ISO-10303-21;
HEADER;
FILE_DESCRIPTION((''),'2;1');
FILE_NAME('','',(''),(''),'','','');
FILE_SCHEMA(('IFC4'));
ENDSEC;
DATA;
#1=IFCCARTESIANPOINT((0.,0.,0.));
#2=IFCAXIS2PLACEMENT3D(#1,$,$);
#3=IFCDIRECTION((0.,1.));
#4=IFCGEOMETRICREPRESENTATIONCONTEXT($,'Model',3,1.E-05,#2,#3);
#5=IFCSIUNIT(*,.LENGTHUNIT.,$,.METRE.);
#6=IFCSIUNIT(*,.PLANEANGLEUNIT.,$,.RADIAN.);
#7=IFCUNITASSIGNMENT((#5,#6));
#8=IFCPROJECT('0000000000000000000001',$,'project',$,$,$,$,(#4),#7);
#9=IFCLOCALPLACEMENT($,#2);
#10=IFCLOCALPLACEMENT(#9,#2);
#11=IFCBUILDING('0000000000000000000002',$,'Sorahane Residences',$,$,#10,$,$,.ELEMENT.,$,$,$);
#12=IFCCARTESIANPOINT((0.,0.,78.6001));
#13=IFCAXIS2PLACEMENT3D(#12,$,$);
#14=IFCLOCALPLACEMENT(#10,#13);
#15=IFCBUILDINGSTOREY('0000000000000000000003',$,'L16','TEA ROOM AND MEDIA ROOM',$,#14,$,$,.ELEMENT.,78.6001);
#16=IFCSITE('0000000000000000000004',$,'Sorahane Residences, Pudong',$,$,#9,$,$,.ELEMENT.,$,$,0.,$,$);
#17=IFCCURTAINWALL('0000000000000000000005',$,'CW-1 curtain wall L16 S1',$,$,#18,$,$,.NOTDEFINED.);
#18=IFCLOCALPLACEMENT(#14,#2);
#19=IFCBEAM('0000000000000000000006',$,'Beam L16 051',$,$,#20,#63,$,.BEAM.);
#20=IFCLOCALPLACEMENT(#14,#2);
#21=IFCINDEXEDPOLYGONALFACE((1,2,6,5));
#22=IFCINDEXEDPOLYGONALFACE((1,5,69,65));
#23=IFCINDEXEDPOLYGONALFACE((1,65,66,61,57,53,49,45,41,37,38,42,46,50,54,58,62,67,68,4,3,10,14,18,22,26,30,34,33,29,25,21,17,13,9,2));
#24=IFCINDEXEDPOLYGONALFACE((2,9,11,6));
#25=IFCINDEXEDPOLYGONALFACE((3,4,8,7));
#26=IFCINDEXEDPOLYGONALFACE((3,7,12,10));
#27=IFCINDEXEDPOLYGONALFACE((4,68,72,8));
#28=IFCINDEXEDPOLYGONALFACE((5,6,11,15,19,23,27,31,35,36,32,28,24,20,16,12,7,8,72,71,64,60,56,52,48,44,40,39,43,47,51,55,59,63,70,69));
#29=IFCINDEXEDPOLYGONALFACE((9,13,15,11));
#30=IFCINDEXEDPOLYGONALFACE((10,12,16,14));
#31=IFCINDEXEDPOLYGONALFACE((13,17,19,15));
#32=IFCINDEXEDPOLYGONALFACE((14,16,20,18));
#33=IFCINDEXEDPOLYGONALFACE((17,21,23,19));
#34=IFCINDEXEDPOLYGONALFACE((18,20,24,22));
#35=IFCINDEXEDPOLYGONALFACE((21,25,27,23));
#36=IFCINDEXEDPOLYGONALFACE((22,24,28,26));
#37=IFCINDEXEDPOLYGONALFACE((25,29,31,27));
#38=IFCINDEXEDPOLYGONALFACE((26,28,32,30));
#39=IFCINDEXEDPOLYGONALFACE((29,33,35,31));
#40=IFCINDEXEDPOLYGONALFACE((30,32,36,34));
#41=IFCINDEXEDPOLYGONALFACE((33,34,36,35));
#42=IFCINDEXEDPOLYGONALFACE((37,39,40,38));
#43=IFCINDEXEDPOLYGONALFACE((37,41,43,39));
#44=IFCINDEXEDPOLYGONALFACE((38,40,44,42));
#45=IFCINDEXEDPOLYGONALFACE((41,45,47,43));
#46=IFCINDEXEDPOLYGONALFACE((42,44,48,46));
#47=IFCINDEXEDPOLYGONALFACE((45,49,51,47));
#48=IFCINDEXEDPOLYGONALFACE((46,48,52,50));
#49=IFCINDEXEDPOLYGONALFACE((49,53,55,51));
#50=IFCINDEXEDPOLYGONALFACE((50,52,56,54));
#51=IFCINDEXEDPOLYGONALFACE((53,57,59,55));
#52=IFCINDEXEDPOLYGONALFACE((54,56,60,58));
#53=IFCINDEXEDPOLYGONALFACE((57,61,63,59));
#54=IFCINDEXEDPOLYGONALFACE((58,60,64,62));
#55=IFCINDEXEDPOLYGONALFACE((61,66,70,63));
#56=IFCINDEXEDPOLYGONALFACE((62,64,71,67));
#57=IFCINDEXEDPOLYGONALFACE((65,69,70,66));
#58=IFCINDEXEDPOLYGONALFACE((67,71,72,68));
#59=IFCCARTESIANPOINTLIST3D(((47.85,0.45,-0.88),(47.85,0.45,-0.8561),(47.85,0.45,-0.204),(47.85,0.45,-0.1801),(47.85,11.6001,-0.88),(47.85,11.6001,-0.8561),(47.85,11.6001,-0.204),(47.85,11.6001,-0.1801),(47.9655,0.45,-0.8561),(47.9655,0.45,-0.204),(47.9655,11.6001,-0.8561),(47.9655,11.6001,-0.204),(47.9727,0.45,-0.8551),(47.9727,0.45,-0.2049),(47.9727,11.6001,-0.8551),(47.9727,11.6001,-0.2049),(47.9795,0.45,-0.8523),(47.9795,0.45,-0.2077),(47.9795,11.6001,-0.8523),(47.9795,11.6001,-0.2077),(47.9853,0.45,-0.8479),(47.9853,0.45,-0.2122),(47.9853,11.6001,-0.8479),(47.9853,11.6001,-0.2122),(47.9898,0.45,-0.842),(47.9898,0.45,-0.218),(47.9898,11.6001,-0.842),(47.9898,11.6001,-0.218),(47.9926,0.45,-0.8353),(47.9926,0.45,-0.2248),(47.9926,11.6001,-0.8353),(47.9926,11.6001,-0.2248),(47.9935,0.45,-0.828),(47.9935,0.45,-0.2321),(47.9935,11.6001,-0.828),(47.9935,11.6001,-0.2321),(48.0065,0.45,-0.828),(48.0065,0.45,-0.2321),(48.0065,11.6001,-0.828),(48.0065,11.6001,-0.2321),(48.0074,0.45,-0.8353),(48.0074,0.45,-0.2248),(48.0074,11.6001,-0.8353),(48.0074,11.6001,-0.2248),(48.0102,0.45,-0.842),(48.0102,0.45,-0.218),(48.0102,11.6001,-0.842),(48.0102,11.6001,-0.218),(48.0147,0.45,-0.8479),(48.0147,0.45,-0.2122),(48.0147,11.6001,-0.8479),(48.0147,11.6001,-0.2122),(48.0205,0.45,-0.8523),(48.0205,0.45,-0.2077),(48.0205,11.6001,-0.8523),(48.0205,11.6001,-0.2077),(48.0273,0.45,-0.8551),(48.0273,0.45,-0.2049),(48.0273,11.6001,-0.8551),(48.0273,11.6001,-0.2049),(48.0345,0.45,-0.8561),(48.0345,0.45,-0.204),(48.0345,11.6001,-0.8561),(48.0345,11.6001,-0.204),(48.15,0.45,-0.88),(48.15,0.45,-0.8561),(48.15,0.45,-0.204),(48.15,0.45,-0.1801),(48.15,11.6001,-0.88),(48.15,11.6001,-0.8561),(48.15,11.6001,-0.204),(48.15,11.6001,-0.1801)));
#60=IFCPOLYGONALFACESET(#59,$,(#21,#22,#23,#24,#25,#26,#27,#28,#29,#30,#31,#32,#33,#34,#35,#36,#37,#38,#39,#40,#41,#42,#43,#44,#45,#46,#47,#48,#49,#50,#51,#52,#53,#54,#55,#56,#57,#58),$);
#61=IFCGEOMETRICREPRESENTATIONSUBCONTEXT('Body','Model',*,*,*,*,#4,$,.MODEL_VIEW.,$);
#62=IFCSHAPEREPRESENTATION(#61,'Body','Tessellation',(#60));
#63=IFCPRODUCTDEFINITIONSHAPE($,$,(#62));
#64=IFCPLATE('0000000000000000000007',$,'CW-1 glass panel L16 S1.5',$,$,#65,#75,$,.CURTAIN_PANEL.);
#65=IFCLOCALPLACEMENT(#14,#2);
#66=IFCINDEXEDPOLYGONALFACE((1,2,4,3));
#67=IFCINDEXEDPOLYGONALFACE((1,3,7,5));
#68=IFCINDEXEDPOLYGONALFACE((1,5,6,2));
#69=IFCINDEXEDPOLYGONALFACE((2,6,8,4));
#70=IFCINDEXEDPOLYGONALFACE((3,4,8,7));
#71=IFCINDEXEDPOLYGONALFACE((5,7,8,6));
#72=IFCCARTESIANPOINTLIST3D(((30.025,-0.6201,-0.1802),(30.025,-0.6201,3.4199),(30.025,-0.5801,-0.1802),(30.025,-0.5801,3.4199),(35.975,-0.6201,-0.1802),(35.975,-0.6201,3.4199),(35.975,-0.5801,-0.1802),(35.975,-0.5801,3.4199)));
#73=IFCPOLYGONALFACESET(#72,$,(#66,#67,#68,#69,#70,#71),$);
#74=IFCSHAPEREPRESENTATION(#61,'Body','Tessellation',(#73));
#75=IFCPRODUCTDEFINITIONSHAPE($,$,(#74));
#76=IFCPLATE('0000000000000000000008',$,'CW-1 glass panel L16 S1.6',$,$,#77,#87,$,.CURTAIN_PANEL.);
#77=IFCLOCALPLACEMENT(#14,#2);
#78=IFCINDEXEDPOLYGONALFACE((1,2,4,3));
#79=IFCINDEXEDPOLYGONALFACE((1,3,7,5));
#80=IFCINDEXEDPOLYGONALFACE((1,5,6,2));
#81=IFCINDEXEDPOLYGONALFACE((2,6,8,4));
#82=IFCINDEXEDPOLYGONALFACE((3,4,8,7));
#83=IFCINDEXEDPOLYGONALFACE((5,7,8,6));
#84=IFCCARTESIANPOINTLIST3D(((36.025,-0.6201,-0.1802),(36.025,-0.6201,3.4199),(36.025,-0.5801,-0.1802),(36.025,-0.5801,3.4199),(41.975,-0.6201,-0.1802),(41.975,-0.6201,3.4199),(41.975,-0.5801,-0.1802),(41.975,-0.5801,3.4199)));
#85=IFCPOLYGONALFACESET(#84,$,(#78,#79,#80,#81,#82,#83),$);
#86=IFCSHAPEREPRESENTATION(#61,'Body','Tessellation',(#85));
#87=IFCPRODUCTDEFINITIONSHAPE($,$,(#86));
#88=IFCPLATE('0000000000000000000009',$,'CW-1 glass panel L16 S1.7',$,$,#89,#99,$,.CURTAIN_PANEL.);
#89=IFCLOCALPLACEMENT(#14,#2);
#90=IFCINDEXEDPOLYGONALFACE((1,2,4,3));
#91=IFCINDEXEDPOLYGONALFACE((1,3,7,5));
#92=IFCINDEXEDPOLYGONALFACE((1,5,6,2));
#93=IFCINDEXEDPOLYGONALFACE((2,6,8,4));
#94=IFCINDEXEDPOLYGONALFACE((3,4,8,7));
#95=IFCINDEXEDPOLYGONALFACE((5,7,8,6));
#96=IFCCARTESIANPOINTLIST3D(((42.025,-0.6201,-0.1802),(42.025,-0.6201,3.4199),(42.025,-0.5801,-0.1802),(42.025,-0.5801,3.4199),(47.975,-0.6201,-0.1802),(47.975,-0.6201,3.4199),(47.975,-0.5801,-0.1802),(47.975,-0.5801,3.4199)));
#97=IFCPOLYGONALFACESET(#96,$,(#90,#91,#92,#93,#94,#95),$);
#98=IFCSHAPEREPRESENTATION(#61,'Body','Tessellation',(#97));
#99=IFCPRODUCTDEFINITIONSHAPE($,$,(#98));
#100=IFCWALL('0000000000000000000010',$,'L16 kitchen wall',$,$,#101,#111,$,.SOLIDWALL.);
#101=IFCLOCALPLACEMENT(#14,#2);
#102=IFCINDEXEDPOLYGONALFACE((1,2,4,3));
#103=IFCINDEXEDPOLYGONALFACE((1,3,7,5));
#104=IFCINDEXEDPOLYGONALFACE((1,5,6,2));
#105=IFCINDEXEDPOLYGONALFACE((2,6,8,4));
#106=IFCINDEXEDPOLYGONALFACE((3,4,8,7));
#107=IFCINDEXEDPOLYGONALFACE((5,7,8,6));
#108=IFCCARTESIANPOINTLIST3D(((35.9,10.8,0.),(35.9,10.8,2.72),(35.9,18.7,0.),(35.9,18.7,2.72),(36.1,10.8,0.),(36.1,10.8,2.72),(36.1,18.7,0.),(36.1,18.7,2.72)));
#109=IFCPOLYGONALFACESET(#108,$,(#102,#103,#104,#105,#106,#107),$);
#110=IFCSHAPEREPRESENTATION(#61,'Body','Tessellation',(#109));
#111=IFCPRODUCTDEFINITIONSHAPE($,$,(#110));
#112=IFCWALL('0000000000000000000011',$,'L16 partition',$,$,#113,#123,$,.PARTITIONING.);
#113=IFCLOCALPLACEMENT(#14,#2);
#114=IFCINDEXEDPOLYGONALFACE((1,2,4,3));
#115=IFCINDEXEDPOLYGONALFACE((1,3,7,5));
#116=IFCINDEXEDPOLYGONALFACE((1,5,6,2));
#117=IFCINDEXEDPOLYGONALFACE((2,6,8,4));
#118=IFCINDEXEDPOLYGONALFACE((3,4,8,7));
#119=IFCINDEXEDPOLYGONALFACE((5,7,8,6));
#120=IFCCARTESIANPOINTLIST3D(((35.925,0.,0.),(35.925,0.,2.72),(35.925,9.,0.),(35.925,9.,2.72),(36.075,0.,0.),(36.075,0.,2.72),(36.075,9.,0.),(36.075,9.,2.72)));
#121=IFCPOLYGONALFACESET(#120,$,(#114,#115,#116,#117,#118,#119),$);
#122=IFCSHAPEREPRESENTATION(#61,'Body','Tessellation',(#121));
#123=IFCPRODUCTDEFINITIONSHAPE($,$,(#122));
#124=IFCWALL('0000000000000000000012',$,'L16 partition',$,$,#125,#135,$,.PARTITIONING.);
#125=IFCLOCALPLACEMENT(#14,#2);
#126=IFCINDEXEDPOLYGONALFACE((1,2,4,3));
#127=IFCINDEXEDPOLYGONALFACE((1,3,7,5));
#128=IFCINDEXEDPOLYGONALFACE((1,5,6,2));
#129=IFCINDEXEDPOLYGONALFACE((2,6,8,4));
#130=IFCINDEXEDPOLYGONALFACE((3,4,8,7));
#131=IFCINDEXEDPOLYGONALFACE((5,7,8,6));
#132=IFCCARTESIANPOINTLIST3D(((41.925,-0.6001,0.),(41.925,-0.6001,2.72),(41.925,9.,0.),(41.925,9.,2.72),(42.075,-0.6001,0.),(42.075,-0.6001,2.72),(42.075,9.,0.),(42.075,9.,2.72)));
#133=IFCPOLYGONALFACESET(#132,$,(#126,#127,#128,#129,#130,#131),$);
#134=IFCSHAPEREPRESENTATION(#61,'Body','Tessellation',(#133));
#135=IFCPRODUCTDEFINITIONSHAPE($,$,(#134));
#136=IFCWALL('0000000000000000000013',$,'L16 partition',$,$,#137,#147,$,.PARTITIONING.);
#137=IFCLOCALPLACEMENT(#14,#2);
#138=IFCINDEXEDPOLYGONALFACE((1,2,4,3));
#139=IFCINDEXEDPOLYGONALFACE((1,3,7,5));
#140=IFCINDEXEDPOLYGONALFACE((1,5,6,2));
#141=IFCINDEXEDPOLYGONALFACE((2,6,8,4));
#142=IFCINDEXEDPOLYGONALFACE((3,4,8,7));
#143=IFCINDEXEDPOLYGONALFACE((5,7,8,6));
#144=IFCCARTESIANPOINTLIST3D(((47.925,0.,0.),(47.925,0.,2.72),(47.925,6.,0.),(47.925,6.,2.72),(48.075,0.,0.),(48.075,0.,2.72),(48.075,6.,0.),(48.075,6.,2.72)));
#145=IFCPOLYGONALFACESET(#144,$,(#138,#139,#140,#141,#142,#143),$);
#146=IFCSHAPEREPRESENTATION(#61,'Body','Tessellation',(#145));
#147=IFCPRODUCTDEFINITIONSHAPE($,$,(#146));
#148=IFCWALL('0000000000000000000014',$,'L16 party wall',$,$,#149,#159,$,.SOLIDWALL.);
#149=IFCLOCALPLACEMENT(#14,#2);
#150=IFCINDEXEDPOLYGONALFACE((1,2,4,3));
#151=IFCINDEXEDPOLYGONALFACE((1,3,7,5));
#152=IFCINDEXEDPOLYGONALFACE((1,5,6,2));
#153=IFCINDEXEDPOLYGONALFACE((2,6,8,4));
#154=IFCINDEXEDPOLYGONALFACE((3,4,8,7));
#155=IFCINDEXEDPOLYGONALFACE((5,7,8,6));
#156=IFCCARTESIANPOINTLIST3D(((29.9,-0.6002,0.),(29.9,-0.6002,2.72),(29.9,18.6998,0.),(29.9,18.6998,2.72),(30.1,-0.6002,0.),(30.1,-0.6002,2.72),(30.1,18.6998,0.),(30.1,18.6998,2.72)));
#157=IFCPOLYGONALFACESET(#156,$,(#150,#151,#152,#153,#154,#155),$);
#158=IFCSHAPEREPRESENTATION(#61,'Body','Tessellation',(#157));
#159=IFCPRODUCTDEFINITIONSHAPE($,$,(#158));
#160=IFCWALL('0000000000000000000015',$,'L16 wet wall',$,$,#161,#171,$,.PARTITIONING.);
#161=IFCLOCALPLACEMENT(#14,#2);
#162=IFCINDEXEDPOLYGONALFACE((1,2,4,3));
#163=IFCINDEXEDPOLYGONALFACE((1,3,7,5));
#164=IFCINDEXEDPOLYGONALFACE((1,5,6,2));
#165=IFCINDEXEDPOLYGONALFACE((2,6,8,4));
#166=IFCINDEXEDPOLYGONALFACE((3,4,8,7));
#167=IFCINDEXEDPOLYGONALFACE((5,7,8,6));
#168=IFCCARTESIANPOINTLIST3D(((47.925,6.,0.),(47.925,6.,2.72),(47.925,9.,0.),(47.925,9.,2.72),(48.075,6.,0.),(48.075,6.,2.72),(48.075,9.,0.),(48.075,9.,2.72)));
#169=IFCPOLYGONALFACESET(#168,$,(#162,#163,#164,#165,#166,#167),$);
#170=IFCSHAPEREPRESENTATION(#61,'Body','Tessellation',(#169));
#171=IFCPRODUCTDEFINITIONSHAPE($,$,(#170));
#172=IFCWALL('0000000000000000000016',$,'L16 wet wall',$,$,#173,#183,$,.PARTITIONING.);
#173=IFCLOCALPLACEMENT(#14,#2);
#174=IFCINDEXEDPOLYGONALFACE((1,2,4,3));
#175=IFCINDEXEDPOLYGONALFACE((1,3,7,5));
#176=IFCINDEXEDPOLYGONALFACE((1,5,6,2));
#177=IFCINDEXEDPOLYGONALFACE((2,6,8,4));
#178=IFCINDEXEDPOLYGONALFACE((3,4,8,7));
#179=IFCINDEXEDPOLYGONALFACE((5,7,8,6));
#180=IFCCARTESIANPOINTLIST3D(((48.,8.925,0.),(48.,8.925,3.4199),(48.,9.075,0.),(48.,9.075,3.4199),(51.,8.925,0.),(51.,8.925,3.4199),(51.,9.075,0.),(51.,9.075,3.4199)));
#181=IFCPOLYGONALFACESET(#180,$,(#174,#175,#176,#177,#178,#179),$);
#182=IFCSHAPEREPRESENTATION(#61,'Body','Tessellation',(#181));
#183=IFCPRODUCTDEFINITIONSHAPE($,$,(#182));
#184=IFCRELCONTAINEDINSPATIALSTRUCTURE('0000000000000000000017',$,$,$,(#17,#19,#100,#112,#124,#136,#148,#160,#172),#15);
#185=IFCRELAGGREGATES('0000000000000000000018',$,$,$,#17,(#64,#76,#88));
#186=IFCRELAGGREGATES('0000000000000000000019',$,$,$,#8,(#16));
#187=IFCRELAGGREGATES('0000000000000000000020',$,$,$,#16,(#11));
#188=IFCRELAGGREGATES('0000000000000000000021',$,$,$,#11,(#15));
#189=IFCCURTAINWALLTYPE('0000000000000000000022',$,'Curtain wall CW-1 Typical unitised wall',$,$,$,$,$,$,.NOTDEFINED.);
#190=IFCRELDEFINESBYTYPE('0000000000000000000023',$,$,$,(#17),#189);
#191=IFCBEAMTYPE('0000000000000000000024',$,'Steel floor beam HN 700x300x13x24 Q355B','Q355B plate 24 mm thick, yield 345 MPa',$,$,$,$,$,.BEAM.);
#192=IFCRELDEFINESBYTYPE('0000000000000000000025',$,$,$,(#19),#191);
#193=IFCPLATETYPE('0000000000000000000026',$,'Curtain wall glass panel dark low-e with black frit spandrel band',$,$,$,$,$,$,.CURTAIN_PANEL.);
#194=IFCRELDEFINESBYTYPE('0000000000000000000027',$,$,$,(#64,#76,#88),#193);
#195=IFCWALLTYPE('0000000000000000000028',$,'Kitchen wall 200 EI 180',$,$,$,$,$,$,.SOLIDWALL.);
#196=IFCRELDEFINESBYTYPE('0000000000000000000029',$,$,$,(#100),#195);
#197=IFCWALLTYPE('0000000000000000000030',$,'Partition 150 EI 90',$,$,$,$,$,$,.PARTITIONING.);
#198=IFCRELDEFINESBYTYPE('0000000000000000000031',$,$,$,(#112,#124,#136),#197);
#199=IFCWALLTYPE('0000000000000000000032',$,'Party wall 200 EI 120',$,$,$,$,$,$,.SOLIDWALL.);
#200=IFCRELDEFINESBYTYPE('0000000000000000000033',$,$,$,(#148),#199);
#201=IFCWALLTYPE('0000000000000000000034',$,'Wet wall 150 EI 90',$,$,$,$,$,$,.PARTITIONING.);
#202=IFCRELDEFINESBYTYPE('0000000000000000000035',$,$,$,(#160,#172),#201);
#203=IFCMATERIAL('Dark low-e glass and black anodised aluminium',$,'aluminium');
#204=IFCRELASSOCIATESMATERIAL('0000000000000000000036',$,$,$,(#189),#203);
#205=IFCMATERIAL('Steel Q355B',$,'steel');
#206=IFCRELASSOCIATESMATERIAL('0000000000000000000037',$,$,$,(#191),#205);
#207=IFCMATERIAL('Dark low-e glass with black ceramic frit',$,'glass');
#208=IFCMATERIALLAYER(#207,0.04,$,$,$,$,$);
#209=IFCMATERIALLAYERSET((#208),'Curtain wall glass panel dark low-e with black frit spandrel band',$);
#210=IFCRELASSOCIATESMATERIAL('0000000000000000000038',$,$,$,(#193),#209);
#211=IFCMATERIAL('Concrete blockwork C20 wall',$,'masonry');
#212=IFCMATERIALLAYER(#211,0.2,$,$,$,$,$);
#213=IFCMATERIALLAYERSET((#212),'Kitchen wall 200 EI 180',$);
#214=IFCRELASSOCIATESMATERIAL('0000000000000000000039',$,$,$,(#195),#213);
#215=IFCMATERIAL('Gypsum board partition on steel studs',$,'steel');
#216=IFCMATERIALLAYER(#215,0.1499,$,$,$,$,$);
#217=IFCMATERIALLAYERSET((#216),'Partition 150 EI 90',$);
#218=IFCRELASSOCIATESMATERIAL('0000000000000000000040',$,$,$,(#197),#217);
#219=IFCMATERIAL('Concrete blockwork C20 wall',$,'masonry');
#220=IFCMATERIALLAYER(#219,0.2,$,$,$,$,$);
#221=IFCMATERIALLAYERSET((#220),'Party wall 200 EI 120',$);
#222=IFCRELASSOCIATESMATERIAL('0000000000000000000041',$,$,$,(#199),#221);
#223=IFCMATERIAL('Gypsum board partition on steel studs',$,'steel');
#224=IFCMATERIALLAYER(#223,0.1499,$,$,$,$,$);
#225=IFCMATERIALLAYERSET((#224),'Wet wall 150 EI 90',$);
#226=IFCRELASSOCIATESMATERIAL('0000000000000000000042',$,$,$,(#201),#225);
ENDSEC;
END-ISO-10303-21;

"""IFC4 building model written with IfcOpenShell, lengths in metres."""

from ifc_helpers import new_model, si_unit, direction, frame, frame_2d, origin, origin_2d, place, context, subcontext, project, spatial, rectangle, i_section, extrude, material, layer, layer_set, material_profile, profile_set, type_object, element, aggregate, save


model = new_model("IFC4")

# Units and contexts
model_context = context("Model", 3, precision=1e-05, world=origin(), true_north=direction((0.0, 1.0)))
body_context = subcontext(model_context, "Body", "Model", "MODEL_VIEW")
ifc_project = project(units=[si_unit("LENGTHUNIT", "METRE"), si_unit("PLANEANGLEUNIT", "RADIAN")], contexts=[model_context])

# Site, building, storey
site_placement = place(None, origin())
site = spatial("IfcSite", under=ifc_project, at=site_placement, Name="Sorahane Residences, Pudong", CompositionType="ELEMENT", RefElevation=0.0)
building_placement = place(site_placement, origin())
building = spatial("IfcBuilding", under=site, at=building_placement, Name="Sorahane Residences", CompositionType="ELEMENT")
storey_placement = place(building_placement, frame((0.0, 0.0, 78.6001)))
storey = spatial("IfcBuildingStorey", under=building, at=storey_placement, Name="L16", Description="TEA ROOM AND MEDIA ROOM", CompositionType="ELEMENT", Elevation=78.6001)

# Curtain wall
ifc_material_1 = material(Name="Dark low-e glass and black anodised aluminium", Category="aluminium")
curtain_wall_type = type_object("IfcCurtainWallType", Name="Curtain wall CW-1 Typical unitised wall", PredefinedType="NOTDEFINED", material=ifc_material_1)
curtain_wall_placement = place(storey_placement, origin())
curtain_wall = element("IfcCurtainWall", 1, at=curtain_wall_placement, inside=storey, type_object=curtain_wall_type, Name="CW-1 curtain wall L16 S1", PredefinedType="NOTDEFINED")

# Beam
ifc_material_2 = material(Name="Steel Q355B", Category="steel")
ifc_material_profile_1 = material_profile(ifc_material_2, i_section(OverallWidth=0.3, OverallDepth=0.7, WebThickness=0.0129, FlangeThickness=0.0239, FilletRadius=0.0281, at=origin_2d()), Name="HN 700x300x13x24")
ifc_profile_set_1 = profile_set([ifc_material_profile_1], Name="Steel Q355B")
beam_type_1 = type_object("IfcBeamType", Name="Steel floor beam HN 700x300x13x24 Q355B", Description="Q355B plate 24 mm thick, yield 345 MPa", PredefinedType="BEAM", material=ifc_profile_set_1)
beam_1_placement = place(storey_placement, frame((48.0, 0.45, -0.53), z_axis=(0.0, 1.0, 0.0), x_axis=(-1.0, 0.0, 0.0)))
element("IfcBeam", 2, at=beam_1_placement, inside=storey, type_object=beam_type_1, Name="Beam L16 051", PredefinedType="BEAM", context=body_context, shape_type="SweptSolid", body=[
    extrude(i_section(OverallWidth=0.3, OverallDepth=0.7, WebThickness=0.0129, FlangeThickness=0.0239, FilletRadius=0.0281, at=origin_2d()), origin(), (0.0, 0.0, 1.0), 11.1501),
])

# Plates
ifc_material_3 = material(Name="Dark low-e glass with black ceramic frit", Category="glass")
ifc_layer_1 = layer(ifc_material_3, 0.04)
ifc_layer_set_1 = layer_set([ifc_layer_1], Name="Curtain wall glass panel dark low-e with black frit spandrel band")
plate_type = type_object("IfcPlateType", Name="Curtain wall glass panel dark low-e with black frit spandrel band", PredefinedType="CURTAIN_PANEL", material=ifc_layer_set_1)
plate_1_placement = place(storey_placement, frame((33.0, -0.6001, -0.1802), z_axis=(0.0, 0.0, 1.0), x_axis=(1.0, 0.0, 0.0)))
plate_1 = element("IfcPlate", 3, at=plate_1_placement, type_object=plate_type, Name="CW-1 glass panel L16 S1.5", PredefinedType="CURTAIN_PANEL", context=body_context, shape_type="SweptSolid", body=[
    extrude(rectangle(XDim=5.95, YDim=0.04, at=origin_2d()), origin(), (0.0, 0.0, 1.0), 3.6001),
])
plate_2_placement = place(storey_placement, frame((39.0, -0.6001, -0.1802), z_axis=(0.0, 0.0, 1.0), x_axis=(1.0, 0.0, 0.0)))
plate_2 = element("IfcPlate", 4, at=plate_2_placement, type_object=plate_type, Name="CW-1 glass panel L16 S1.6", PredefinedType="CURTAIN_PANEL", context=body_context, shape_type="SweptSolid", body=[
    extrude(rectangle(XDim=5.95, YDim=0.04, at=origin_2d()), origin(), (0.0, 0.0, 1.0), 3.6001),
])
plate_3_placement = place(storey_placement, frame((45.0, -0.6001, -0.1802), z_axis=(0.0, 0.0, 1.0), x_axis=(1.0, 0.0, 0.0)))
plate_3 = element("IfcPlate", 5, at=plate_3_placement, type_object=plate_type, Name="CW-1 glass panel L16 S1.7", PredefinedType="CURTAIN_PANEL", context=body_context, shape_type="SweptSolid", body=[
    extrude(rectangle(XDim=5.95, YDim=0.04, at=origin_2d()), origin(), (0.0, 0.0, 1.0), 3.6001),
])
aggregate(curtain_wall, [plate_1, plate_2, plate_3])

# Walls
ifc_material_4 = material(Name="Concrete blockwork C20 wall", Category="masonry")
ifc_layer_2 = layer(ifc_material_4, 0.2)
ifc_layer_set_2 = layer_set([ifc_layer_2], Name="Kitchen wall 200 EI 180")
wall_type_1 = type_object("IfcWallType", Name="Kitchen wall 200 EI 180", PredefinedType="SOLIDWALL", material=ifc_layer_set_2)
wall_1_placement = place(storey_placement, frame((36.0, 10.8, 0.0), z_axis=(0.0, 0.0, 1.0), x_axis=(0.0, 1.0, 0.0)))
element("IfcWall", 6, at=wall_1_placement, inside=storey, type_object=wall_type_1, Name="L16 kitchen wall", PredefinedType="SOLIDWALL", context=body_context, shape_type="SweptSolid", body=[
    extrude(rectangle(XDim=7.8999, YDim=0.2, at=frame_2d((3.95, 0.0))), origin(), (0.0, 0.0, 1.0), 2.72),
])
ifc_material_5 = material(Name="Gypsum board partition on steel studs", Category="steel")
ifc_layer_3 = layer(ifc_material_5, 0.1499)
ifc_layer_set_3 = layer_set([ifc_layer_3], Name="Partition 150 EI 90")
wall_type_2 = type_object("IfcWallType", Name="Partition 150 EI 90", PredefinedType="PARTITIONING", material=ifc_layer_set_3)
wall_2_placement = place(storey_placement, frame((36.0, 0.0, 0.0), z_axis=(0.0, 0.0, 1.0), x_axis=(0.0, 1.0, 0.0)))
element("IfcWall", 7, at=wall_2_placement, inside=storey, type_object=wall_type_2, Name="L16 partition", PredefinedType="PARTITIONING", context=body_context, shape_type="SweptSolid", body=[
    extrude(rectangle(XDim=9.0, YDim=0.1499, at=frame_2d((4.5, 0.0))), origin(), (0.0, 0.0, 1.0), 2.72),
])
wall_3_placement = place(storey_placement, frame((42.0, -0.6001, 0.0), z_axis=(0.0, 0.0, 1.0), x_axis=(0.0, 1.0, 0.0)))
element("IfcWall", 8, at=wall_3_placement, inside=storey, type_object=wall_type_2, Name="L16 partition", PredefinedType="PARTITIONING", context=body_context, shape_type="SweptSolid", body=[
    extrude(rectangle(XDim=9.6001, YDim=0.1499, at=frame_2d((4.8, 0.0))), origin(), (0.0, 0.0, 1.0), 2.72),
])
wall_4_placement = place(storey_placement, frame((48.0, 0.0, 0.0), z_axis=(0.0, 0.0, 1.0), x_axis=(0.0, 1.0, 0.0)))
element("IfcWall", 9, at=wall_4_placement, inside=storey, type_object=wall_type_2, Name="L16 partition", PredefinedType="PARTITIONING", context=body_context, shape_type="SweptSolid", body=[
    extrude(rectangle(XDim=6.0, YDim=0.1499, at=frame_2d((3.0, 0.0))), origin(), (0.0, 0.0, 1.0), 2.72),
])
ifc_material_6 = material(Name="Concrete blockwork C20 wall", Category="masonry")
ifc_layer_4 = layer(ifc_material_6, 0.2)
ifc_layer_set_4 = layer_set([ifc_layer_4], Name="Party wall 200 EI 120")
wall_type_3 = type_object("IfcWallType", Name="Party wall 200 EI 120", PredefinedType="SOLIDWALL", material=ifc_layer_set_4)
wall_5_placement = place(storey_placement, frame((30.0, -0.6001, 0.0), z_axis=(0.0, 0.0, 1.0), x_axis=(0.0, 1.0, 0.0)))
element("IfcWall", 10, at=wall_5_placement, inside=storey, type_object=wall_type_3, Name="L16 party wall", PredefinedType="SOLIDWALL", context=body_context, shape_type="SweptSolid", body=[
    extrude(rectangle(XDim=19.3, YDim=0.2, at=frame_2d((9.6499, 0.0))), origin(), (0.0, 0.0, 1.0), 2.72),
])
ifc_material_7 = material(Name="Gypsum board partition on steel studs", Category="steel")
ifc_layer_5 = layer(ifc_material_7, 0.1499)
ifc_layer_set_5 = layer_set([ifc_layer_5], Name="Wet wall 150 EI 90")
wall_type_4 = type_object("IfcWallType", Name="Wet wall 150 EI 90", PredefinedType="PARTITIONING", material=ifc_layer_set_5)
wall_6_placement = place(storey_placement, frame((48.0, 6.0, 0.0), z_axis=(0.0, 0.0, 1.0), x_axis=(0.0, 1.0, 0.0)))
element("IfcWall", 11, at=wall_6_placement, inside=storey, type_object=wall_type_4, Name="L16 wet wall", PredefinedType="PARTITIONING", context=body_context, shape_type="SweptSolid", body=[
    extrude(rectangle(XDim=3.0, YDim=0.1499, at=frame_2d((1.5, 0.0))), origin(), (0.0, 0.0, 1.0), 2.72),
])

# Wall
wall_7_placement = place(storey_placement, frame((48.0, 9.0, 0.0), z_axis=(0.0, 0.0, 1.0), x_axis=(1.0, 0.0, 0.0)))
element("IfcWall", 12, at=wall_7_placement, inside=storey, type_object=wall_type_4, Name="L16 wet wall", PredefinedType="PARTITIONING", context=body_context, shape_type="SweptSolid", body=[
    extrude(rectangle(XDim=3.0, YDim=0.1499, at=frame_2d((1.5, 0.0))), origin(), (0.0, 0.0, 1.0), 3.4199),
])

save(model, "model.ifc")
